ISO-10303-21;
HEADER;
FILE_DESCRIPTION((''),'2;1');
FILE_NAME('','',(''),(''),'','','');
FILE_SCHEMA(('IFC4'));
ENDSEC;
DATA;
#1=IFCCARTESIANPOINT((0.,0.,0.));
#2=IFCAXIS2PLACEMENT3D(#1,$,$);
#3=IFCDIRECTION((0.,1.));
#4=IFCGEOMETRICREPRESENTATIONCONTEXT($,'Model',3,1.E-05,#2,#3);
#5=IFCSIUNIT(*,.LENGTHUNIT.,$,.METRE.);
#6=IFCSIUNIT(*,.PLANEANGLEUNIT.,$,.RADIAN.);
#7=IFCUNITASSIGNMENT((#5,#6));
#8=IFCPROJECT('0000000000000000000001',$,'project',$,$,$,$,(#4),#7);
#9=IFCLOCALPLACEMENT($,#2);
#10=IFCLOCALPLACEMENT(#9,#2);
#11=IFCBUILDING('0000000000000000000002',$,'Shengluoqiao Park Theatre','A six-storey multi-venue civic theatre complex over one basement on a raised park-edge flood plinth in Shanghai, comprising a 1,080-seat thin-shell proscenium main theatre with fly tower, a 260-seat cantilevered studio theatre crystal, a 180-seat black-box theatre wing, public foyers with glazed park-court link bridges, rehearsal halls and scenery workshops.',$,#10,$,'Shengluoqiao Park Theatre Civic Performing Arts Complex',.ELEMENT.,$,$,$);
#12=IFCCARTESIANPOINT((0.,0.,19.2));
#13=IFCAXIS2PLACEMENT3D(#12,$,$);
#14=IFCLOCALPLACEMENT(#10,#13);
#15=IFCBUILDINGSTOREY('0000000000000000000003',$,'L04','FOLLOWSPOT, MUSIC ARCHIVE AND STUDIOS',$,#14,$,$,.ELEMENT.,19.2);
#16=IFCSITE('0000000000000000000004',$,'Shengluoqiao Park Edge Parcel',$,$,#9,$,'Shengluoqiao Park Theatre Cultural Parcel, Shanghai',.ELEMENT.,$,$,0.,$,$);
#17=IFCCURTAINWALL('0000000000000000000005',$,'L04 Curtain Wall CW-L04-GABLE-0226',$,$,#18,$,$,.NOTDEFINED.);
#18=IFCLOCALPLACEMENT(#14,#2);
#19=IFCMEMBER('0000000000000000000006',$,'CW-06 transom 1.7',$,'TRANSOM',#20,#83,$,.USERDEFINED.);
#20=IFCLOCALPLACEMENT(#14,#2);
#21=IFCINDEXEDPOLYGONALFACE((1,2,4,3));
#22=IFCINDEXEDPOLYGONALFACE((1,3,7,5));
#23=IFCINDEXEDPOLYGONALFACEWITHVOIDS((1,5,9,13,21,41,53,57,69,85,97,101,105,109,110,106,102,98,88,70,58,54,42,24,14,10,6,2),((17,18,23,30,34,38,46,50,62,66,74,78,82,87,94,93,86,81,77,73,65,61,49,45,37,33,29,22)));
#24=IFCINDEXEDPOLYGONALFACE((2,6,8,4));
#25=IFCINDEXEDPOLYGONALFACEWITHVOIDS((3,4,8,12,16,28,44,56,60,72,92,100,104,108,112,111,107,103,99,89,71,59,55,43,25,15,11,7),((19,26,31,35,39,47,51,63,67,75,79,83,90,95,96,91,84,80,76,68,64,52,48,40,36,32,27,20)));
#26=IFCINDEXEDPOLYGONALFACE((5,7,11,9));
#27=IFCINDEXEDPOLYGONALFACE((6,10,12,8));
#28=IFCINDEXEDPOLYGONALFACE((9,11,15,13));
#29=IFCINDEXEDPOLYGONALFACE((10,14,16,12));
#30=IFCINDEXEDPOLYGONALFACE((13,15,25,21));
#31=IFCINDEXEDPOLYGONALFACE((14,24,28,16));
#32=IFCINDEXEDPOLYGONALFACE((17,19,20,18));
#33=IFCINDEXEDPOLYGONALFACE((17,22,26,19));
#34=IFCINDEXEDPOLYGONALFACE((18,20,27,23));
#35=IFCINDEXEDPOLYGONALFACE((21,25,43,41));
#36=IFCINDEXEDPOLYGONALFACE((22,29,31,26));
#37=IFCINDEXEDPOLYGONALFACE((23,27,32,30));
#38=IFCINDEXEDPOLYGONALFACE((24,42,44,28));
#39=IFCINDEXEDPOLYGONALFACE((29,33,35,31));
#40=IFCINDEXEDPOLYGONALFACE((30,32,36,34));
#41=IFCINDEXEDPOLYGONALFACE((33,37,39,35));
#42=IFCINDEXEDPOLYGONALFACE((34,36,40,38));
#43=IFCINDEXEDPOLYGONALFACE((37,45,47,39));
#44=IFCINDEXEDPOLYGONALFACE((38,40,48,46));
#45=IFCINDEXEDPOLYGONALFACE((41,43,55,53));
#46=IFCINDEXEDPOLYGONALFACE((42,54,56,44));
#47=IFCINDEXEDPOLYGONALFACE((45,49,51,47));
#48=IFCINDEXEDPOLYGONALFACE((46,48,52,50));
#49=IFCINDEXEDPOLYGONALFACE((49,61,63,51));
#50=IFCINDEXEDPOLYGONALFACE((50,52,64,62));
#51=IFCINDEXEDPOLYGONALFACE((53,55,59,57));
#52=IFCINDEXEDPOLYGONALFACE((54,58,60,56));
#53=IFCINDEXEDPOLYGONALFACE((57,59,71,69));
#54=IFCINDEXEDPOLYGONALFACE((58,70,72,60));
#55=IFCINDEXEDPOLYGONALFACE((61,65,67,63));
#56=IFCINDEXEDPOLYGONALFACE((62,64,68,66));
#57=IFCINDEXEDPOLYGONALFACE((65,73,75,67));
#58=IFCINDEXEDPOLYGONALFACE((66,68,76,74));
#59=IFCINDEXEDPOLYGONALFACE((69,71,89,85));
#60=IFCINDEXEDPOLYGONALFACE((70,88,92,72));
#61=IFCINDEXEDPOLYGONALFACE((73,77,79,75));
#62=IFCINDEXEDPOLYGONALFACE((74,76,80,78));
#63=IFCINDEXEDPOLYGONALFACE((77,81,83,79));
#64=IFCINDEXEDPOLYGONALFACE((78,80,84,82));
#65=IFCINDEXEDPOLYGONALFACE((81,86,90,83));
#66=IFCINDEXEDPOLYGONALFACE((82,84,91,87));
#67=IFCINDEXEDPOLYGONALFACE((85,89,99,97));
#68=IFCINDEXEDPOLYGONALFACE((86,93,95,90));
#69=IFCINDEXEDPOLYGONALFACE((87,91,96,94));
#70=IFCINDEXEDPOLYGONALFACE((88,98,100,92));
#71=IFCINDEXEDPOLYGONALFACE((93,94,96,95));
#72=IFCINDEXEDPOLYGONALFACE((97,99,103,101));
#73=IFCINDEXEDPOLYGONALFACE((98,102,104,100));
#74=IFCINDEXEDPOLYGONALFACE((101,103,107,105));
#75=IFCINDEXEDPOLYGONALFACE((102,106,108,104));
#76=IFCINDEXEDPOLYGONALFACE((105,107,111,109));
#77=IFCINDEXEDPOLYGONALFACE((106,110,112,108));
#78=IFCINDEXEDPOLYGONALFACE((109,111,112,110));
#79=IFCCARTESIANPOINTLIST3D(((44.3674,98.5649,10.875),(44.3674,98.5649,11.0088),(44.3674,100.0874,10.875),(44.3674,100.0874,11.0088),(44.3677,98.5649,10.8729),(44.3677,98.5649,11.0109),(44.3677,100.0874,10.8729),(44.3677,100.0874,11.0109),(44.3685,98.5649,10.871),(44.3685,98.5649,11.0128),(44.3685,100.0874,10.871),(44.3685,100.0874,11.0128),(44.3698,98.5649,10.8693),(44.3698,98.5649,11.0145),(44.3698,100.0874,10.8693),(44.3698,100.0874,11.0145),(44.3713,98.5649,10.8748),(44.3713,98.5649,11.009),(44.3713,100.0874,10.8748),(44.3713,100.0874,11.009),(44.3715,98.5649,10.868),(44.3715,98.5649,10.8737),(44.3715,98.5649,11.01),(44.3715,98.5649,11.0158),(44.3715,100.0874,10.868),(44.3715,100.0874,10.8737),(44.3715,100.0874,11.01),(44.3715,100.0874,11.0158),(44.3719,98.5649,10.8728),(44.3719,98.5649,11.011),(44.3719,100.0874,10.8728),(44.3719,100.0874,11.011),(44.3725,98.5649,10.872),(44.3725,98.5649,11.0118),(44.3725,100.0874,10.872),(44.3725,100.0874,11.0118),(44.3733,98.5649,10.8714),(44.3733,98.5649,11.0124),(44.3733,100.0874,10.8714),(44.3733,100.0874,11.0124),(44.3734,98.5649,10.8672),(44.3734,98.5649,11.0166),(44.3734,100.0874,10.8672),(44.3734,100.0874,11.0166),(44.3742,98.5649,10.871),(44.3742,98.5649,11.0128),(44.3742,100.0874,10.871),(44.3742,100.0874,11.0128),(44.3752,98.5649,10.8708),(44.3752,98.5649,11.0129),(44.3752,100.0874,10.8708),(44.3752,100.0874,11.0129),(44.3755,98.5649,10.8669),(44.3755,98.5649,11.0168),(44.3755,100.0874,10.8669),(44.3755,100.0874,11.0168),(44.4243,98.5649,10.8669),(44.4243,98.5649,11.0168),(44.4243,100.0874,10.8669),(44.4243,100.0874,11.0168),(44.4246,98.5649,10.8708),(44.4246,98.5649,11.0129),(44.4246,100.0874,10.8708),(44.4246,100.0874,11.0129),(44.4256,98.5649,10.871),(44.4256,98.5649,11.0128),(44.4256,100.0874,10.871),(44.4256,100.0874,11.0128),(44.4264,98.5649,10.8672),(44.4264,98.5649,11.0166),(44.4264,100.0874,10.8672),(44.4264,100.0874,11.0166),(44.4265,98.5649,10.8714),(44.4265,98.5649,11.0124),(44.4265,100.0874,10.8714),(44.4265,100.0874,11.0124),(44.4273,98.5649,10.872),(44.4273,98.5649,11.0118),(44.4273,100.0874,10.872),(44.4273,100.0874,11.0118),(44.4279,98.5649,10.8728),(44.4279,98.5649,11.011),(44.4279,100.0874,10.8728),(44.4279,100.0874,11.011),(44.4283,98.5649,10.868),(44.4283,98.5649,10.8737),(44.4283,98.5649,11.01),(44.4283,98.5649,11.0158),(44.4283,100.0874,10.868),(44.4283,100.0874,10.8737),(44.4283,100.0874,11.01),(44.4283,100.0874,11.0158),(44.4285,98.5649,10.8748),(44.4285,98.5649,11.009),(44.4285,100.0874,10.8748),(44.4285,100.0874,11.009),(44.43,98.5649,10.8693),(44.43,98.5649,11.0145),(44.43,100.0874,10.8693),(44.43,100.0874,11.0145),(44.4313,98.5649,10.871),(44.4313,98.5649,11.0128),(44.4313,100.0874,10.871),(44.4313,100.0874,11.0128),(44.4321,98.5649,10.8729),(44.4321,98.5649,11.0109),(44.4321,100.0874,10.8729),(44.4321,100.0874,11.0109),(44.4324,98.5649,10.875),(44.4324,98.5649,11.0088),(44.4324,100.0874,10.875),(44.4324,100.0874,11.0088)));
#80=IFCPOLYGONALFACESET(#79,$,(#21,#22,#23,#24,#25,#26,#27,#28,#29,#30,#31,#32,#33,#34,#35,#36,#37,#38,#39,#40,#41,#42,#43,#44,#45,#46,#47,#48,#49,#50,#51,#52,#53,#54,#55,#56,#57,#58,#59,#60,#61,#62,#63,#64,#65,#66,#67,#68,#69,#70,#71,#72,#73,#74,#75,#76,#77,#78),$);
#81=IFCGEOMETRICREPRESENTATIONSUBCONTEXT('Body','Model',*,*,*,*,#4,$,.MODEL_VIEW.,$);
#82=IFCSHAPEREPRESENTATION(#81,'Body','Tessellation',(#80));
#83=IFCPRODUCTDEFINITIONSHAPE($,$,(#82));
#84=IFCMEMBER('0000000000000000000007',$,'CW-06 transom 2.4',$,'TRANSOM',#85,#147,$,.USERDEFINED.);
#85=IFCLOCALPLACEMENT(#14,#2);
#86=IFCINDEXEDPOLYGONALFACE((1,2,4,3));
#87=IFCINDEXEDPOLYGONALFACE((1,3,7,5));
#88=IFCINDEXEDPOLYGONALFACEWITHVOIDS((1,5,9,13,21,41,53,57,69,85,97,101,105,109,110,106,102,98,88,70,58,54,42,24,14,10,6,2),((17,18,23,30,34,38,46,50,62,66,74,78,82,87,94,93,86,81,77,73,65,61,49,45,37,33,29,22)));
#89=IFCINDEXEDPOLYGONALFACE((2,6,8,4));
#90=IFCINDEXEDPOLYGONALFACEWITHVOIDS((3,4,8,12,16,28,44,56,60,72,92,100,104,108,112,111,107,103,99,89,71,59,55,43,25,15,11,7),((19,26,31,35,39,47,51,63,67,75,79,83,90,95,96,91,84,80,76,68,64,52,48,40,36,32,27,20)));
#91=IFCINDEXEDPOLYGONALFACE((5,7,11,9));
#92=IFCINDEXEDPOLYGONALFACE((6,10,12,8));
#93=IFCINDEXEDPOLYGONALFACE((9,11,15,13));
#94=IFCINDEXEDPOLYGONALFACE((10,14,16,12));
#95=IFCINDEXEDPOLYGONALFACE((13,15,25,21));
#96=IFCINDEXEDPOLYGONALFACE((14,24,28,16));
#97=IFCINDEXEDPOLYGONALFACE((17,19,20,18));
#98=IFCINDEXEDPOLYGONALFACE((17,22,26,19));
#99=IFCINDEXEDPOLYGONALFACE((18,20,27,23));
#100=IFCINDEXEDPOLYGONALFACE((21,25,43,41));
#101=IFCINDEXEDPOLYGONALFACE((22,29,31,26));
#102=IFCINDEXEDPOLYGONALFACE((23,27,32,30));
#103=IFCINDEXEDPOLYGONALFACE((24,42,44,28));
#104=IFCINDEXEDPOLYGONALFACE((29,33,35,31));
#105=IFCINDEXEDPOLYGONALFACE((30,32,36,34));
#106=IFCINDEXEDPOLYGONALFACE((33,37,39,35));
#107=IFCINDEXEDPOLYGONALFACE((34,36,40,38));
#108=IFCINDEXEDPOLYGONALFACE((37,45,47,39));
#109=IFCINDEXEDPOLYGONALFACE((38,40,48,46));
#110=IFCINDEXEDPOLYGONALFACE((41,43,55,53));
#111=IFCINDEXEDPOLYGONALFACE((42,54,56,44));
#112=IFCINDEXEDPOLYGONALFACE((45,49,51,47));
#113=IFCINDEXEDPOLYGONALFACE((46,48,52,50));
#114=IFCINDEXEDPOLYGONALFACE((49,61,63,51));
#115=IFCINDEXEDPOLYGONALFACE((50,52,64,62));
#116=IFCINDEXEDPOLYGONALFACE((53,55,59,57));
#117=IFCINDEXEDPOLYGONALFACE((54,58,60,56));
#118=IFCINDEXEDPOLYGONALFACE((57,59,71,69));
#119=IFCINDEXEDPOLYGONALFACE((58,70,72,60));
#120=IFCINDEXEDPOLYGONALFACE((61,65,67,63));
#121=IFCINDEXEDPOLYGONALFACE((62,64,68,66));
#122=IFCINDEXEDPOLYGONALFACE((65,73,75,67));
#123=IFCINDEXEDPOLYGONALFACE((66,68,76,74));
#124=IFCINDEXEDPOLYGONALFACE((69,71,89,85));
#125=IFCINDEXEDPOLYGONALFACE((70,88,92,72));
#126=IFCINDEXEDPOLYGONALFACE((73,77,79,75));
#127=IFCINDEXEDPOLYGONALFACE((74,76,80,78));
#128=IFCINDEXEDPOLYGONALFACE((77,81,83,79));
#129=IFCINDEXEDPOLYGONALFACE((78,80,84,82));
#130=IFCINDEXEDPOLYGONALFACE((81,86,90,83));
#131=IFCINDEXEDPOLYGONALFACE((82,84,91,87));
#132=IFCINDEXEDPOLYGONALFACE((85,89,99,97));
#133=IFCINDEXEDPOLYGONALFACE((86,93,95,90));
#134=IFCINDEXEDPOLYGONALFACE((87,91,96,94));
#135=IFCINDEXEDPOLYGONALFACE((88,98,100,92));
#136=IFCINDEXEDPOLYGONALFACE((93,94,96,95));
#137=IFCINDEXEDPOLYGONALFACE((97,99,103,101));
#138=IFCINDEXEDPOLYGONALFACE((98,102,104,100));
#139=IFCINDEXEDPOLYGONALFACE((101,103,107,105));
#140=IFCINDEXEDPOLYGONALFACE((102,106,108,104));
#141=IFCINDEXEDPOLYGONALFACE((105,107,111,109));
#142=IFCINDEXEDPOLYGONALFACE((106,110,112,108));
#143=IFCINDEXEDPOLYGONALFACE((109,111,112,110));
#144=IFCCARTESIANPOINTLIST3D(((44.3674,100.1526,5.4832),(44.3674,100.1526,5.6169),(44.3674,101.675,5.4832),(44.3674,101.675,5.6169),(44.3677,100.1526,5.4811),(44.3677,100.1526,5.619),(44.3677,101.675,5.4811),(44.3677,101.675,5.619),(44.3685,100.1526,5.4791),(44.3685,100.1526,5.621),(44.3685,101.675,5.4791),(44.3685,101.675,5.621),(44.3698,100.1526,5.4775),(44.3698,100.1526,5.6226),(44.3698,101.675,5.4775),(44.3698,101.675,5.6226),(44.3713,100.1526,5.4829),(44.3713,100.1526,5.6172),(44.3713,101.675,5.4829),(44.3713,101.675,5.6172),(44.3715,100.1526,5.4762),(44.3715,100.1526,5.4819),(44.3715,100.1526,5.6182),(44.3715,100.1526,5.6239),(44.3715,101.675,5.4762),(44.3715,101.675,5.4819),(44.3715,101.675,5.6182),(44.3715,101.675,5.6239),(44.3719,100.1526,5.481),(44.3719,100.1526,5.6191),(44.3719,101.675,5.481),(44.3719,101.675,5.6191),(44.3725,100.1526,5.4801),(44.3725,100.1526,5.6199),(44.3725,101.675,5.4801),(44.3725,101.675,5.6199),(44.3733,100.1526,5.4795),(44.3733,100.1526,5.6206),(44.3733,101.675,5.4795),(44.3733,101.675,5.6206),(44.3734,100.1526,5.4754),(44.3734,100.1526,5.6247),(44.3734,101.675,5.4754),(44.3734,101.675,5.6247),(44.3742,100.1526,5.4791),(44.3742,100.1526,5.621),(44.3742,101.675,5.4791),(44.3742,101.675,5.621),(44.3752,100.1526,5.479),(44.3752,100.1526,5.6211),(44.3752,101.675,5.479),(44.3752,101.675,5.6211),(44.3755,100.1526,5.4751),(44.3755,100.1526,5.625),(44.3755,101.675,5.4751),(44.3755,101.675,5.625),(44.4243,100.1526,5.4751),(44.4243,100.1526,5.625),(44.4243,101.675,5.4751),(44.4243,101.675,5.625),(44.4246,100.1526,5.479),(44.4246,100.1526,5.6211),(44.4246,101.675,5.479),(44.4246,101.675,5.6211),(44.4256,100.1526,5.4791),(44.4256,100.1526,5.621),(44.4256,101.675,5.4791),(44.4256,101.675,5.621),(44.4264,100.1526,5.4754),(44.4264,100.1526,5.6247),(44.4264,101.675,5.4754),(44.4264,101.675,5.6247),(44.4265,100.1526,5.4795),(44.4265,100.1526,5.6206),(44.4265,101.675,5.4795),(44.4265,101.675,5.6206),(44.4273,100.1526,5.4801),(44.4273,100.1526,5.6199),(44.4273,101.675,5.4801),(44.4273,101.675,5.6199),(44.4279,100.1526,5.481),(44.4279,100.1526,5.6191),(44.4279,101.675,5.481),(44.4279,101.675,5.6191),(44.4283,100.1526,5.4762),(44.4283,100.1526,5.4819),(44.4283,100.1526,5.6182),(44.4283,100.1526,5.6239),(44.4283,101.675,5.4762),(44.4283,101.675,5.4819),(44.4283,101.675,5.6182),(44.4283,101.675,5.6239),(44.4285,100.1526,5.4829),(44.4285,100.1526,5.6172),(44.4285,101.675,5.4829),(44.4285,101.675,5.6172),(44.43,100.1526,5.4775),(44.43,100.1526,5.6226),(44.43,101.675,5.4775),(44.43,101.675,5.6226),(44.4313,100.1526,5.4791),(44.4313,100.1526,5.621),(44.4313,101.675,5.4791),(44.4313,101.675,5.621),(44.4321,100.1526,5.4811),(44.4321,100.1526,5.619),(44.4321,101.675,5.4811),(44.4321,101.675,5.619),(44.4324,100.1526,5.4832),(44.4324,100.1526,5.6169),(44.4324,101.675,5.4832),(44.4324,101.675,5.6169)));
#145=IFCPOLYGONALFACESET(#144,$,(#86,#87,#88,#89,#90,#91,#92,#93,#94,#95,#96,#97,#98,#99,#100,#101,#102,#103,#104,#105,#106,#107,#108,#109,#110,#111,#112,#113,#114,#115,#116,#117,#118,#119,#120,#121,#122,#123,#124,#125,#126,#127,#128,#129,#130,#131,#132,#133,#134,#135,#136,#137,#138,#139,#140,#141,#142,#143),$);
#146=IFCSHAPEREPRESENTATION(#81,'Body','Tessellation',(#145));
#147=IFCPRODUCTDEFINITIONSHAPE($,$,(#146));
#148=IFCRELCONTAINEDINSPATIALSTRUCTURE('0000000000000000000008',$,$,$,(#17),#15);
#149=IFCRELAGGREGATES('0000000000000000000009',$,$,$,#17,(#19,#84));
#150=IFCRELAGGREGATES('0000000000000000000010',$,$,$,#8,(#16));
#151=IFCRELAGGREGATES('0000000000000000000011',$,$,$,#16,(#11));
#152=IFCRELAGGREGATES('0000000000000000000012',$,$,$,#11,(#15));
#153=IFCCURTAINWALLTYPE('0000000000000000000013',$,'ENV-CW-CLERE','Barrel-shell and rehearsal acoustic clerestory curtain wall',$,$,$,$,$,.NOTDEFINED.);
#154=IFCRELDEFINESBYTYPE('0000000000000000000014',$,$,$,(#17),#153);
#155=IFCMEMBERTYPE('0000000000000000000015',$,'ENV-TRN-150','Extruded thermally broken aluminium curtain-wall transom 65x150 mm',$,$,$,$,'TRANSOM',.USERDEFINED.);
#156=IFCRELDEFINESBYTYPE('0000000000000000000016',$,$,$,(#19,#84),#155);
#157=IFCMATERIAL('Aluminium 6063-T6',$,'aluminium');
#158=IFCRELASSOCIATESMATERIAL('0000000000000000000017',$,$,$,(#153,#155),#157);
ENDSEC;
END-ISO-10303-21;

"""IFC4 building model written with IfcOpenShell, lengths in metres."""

from ifc_helpers import new_model, si_unit, direction, frame, origin, origin_2d, place, context, subcontext, project, spatial, hollow_rectangle, extrude, material, material_profile, profile_set, type_object, element, aggregate, save


model = new_model("IFC4")

# Units and contexts
model_context = context("Model", 3, precision=1e-05, world=origin(), true_north=direction((0.0, 1.0)))
body_context = subcontext(model_context, "Body", "Model", "MODEL_VIEW")
ifc_project = project(units=[si_unit("LENGTHUNIT", "METRE"), si_unit("PLANEANGLEUNIT", "RADIAN")], contexts=[model_context])

# Site, building, storey
site_placement = place(None, origin())
site = spatial("IfcSite", under=ifc_project, at=site_placement, Name="Shengluoqiao Park Edge Parcel", LongName="Shengluoqiao Park Theatre Cultural Parcel, Shanghai", CompositionType="ELEMENT", RefElevation=0.0)
building_placement = place(site_placement, origin())
building = spatial("IfcBuilding", under=site, at=building_placement, Name="Shengluoqiao Park Theatre", Description="A six-storey multi-venue civic theatre complex over one basement on a raised park-edge flood plinth in Shanghai, comprising a 1,080-seat thin-shell proscenium main theatre with fly tower, a 260-seat cantilevered studio theatre crystal, a 180-seat black-box theatre wing, public foyers with glazed park-court link bridges, rehearsal halls and scenery workshops.", LongName="Shengluoqiao Park Theatre Civic Performing Arts Complex", CompositionType="ELEMENT")
storey_placement = place(building_placement, frame((0.0, 0.0, 19.2)))
storey = spatial("IfcBuildingStorey", under=building, at=storey_placement, Name="L04", Description="FOLLOWSPOT, MUSIC ARCHIVE AND STUDIOS", CompositionType="ELEMENT", Elevation=19.2)

# Curtain wall, members
ifc_material_1 = material(Name="Aluminium 6063-T6", Category="aluminium")
curtain_wall_type = type_object("IfcCurtainWallType", Name="ENV-CW-CLERE", Description="Barrel-shell and rehearsal acoustic clerestory curtain wall", PredefinedType="NOTDEFINED", material=ifc_material_1)
ifc_material_profile = material_profile(ifc_material_1, hollow_rectangle(XDim=0.0649, YDim=0.1499, WallThickness=0.0039, InnerFilletRadius=0.0039, OuterFilletRadius=0.0081, at=origin_2d()), Name="ALU TRANSOM 150x65x4")
ifc_profile_set = profile_set([ifc_material_profile], Name="Aluminium 6063-T6")
member_type = type_object("IfcMemberType", Name="ENV-TRN-150", Description="Extruded thermally broken aluminium curtain-wall transom 65x150 mm", ElementType="TRANSOM", PredefinedType="USERDEFINED", material=ifc_profile_set)
curtain_wall_1_placement = place(storey_placement, origin())
curtain_wall_1 = element("IfcCurtainWall", 1, at=curtain_wall_1_placement, inside=storey, type_object=curtain_wall_type, Name="L04 Curtain Wall CW-L04-GABLE-0226", PredefinedType="NOTDEFINED")
member_1_placement = place(storey_placement, frame((44.3999, 98.5649, 10.9419), z_axis=(0.0, 1.0, 0.0), x_axis=(-1.0, 0.0, 0.0)))
member_1 = element("IfcMember", 2, at=member_1_placement, type_object=member_type, Name="CW-06 transom 1.7", ObjectType="TRANSOM", PredefinedType="USERDEFINED", context=body_context, shape_type="SweptSolid", body=[
    extrude(hollow_rectangle(XDim=0.0649, YDim=0.1499, WallThickness=0.0039, InnerFilletRadius=0.0039, OuterFilletRadius=0.0081, at=origin_2d()), origin(), (0.0, 0.0, 1.0), 1.5225),
])
member_2_placement = place(storey_placement, frame((44.3999, 100.1526, 5.55), z_axis=(0.0, 1.0, 0.0), x_axis=(-1.0, 0.0, 0.0)))
member_2 = element("IfcMember", 3, at=member_2_placement, type_object=member_type, Name="CW-06 transom 2.4", ObjectType="TRANSOM", PredefinedType="USERDEFINED", context=body_context, shape_type="SweptSolid", body=[
    extrude(hollow_rectangle(XDim=0.0649, YDim=0.1499, WallThickness=0.0039, InnerFilletRadius=0.0039, OuterFilletRadius=0.0081, at=origin_2d()), origin(), (0.0, 0.0, 1.0), 1.5225),
])

aggregate(curtain_wall_1, [member_1, member_2])

save(model, "model.ifc")
